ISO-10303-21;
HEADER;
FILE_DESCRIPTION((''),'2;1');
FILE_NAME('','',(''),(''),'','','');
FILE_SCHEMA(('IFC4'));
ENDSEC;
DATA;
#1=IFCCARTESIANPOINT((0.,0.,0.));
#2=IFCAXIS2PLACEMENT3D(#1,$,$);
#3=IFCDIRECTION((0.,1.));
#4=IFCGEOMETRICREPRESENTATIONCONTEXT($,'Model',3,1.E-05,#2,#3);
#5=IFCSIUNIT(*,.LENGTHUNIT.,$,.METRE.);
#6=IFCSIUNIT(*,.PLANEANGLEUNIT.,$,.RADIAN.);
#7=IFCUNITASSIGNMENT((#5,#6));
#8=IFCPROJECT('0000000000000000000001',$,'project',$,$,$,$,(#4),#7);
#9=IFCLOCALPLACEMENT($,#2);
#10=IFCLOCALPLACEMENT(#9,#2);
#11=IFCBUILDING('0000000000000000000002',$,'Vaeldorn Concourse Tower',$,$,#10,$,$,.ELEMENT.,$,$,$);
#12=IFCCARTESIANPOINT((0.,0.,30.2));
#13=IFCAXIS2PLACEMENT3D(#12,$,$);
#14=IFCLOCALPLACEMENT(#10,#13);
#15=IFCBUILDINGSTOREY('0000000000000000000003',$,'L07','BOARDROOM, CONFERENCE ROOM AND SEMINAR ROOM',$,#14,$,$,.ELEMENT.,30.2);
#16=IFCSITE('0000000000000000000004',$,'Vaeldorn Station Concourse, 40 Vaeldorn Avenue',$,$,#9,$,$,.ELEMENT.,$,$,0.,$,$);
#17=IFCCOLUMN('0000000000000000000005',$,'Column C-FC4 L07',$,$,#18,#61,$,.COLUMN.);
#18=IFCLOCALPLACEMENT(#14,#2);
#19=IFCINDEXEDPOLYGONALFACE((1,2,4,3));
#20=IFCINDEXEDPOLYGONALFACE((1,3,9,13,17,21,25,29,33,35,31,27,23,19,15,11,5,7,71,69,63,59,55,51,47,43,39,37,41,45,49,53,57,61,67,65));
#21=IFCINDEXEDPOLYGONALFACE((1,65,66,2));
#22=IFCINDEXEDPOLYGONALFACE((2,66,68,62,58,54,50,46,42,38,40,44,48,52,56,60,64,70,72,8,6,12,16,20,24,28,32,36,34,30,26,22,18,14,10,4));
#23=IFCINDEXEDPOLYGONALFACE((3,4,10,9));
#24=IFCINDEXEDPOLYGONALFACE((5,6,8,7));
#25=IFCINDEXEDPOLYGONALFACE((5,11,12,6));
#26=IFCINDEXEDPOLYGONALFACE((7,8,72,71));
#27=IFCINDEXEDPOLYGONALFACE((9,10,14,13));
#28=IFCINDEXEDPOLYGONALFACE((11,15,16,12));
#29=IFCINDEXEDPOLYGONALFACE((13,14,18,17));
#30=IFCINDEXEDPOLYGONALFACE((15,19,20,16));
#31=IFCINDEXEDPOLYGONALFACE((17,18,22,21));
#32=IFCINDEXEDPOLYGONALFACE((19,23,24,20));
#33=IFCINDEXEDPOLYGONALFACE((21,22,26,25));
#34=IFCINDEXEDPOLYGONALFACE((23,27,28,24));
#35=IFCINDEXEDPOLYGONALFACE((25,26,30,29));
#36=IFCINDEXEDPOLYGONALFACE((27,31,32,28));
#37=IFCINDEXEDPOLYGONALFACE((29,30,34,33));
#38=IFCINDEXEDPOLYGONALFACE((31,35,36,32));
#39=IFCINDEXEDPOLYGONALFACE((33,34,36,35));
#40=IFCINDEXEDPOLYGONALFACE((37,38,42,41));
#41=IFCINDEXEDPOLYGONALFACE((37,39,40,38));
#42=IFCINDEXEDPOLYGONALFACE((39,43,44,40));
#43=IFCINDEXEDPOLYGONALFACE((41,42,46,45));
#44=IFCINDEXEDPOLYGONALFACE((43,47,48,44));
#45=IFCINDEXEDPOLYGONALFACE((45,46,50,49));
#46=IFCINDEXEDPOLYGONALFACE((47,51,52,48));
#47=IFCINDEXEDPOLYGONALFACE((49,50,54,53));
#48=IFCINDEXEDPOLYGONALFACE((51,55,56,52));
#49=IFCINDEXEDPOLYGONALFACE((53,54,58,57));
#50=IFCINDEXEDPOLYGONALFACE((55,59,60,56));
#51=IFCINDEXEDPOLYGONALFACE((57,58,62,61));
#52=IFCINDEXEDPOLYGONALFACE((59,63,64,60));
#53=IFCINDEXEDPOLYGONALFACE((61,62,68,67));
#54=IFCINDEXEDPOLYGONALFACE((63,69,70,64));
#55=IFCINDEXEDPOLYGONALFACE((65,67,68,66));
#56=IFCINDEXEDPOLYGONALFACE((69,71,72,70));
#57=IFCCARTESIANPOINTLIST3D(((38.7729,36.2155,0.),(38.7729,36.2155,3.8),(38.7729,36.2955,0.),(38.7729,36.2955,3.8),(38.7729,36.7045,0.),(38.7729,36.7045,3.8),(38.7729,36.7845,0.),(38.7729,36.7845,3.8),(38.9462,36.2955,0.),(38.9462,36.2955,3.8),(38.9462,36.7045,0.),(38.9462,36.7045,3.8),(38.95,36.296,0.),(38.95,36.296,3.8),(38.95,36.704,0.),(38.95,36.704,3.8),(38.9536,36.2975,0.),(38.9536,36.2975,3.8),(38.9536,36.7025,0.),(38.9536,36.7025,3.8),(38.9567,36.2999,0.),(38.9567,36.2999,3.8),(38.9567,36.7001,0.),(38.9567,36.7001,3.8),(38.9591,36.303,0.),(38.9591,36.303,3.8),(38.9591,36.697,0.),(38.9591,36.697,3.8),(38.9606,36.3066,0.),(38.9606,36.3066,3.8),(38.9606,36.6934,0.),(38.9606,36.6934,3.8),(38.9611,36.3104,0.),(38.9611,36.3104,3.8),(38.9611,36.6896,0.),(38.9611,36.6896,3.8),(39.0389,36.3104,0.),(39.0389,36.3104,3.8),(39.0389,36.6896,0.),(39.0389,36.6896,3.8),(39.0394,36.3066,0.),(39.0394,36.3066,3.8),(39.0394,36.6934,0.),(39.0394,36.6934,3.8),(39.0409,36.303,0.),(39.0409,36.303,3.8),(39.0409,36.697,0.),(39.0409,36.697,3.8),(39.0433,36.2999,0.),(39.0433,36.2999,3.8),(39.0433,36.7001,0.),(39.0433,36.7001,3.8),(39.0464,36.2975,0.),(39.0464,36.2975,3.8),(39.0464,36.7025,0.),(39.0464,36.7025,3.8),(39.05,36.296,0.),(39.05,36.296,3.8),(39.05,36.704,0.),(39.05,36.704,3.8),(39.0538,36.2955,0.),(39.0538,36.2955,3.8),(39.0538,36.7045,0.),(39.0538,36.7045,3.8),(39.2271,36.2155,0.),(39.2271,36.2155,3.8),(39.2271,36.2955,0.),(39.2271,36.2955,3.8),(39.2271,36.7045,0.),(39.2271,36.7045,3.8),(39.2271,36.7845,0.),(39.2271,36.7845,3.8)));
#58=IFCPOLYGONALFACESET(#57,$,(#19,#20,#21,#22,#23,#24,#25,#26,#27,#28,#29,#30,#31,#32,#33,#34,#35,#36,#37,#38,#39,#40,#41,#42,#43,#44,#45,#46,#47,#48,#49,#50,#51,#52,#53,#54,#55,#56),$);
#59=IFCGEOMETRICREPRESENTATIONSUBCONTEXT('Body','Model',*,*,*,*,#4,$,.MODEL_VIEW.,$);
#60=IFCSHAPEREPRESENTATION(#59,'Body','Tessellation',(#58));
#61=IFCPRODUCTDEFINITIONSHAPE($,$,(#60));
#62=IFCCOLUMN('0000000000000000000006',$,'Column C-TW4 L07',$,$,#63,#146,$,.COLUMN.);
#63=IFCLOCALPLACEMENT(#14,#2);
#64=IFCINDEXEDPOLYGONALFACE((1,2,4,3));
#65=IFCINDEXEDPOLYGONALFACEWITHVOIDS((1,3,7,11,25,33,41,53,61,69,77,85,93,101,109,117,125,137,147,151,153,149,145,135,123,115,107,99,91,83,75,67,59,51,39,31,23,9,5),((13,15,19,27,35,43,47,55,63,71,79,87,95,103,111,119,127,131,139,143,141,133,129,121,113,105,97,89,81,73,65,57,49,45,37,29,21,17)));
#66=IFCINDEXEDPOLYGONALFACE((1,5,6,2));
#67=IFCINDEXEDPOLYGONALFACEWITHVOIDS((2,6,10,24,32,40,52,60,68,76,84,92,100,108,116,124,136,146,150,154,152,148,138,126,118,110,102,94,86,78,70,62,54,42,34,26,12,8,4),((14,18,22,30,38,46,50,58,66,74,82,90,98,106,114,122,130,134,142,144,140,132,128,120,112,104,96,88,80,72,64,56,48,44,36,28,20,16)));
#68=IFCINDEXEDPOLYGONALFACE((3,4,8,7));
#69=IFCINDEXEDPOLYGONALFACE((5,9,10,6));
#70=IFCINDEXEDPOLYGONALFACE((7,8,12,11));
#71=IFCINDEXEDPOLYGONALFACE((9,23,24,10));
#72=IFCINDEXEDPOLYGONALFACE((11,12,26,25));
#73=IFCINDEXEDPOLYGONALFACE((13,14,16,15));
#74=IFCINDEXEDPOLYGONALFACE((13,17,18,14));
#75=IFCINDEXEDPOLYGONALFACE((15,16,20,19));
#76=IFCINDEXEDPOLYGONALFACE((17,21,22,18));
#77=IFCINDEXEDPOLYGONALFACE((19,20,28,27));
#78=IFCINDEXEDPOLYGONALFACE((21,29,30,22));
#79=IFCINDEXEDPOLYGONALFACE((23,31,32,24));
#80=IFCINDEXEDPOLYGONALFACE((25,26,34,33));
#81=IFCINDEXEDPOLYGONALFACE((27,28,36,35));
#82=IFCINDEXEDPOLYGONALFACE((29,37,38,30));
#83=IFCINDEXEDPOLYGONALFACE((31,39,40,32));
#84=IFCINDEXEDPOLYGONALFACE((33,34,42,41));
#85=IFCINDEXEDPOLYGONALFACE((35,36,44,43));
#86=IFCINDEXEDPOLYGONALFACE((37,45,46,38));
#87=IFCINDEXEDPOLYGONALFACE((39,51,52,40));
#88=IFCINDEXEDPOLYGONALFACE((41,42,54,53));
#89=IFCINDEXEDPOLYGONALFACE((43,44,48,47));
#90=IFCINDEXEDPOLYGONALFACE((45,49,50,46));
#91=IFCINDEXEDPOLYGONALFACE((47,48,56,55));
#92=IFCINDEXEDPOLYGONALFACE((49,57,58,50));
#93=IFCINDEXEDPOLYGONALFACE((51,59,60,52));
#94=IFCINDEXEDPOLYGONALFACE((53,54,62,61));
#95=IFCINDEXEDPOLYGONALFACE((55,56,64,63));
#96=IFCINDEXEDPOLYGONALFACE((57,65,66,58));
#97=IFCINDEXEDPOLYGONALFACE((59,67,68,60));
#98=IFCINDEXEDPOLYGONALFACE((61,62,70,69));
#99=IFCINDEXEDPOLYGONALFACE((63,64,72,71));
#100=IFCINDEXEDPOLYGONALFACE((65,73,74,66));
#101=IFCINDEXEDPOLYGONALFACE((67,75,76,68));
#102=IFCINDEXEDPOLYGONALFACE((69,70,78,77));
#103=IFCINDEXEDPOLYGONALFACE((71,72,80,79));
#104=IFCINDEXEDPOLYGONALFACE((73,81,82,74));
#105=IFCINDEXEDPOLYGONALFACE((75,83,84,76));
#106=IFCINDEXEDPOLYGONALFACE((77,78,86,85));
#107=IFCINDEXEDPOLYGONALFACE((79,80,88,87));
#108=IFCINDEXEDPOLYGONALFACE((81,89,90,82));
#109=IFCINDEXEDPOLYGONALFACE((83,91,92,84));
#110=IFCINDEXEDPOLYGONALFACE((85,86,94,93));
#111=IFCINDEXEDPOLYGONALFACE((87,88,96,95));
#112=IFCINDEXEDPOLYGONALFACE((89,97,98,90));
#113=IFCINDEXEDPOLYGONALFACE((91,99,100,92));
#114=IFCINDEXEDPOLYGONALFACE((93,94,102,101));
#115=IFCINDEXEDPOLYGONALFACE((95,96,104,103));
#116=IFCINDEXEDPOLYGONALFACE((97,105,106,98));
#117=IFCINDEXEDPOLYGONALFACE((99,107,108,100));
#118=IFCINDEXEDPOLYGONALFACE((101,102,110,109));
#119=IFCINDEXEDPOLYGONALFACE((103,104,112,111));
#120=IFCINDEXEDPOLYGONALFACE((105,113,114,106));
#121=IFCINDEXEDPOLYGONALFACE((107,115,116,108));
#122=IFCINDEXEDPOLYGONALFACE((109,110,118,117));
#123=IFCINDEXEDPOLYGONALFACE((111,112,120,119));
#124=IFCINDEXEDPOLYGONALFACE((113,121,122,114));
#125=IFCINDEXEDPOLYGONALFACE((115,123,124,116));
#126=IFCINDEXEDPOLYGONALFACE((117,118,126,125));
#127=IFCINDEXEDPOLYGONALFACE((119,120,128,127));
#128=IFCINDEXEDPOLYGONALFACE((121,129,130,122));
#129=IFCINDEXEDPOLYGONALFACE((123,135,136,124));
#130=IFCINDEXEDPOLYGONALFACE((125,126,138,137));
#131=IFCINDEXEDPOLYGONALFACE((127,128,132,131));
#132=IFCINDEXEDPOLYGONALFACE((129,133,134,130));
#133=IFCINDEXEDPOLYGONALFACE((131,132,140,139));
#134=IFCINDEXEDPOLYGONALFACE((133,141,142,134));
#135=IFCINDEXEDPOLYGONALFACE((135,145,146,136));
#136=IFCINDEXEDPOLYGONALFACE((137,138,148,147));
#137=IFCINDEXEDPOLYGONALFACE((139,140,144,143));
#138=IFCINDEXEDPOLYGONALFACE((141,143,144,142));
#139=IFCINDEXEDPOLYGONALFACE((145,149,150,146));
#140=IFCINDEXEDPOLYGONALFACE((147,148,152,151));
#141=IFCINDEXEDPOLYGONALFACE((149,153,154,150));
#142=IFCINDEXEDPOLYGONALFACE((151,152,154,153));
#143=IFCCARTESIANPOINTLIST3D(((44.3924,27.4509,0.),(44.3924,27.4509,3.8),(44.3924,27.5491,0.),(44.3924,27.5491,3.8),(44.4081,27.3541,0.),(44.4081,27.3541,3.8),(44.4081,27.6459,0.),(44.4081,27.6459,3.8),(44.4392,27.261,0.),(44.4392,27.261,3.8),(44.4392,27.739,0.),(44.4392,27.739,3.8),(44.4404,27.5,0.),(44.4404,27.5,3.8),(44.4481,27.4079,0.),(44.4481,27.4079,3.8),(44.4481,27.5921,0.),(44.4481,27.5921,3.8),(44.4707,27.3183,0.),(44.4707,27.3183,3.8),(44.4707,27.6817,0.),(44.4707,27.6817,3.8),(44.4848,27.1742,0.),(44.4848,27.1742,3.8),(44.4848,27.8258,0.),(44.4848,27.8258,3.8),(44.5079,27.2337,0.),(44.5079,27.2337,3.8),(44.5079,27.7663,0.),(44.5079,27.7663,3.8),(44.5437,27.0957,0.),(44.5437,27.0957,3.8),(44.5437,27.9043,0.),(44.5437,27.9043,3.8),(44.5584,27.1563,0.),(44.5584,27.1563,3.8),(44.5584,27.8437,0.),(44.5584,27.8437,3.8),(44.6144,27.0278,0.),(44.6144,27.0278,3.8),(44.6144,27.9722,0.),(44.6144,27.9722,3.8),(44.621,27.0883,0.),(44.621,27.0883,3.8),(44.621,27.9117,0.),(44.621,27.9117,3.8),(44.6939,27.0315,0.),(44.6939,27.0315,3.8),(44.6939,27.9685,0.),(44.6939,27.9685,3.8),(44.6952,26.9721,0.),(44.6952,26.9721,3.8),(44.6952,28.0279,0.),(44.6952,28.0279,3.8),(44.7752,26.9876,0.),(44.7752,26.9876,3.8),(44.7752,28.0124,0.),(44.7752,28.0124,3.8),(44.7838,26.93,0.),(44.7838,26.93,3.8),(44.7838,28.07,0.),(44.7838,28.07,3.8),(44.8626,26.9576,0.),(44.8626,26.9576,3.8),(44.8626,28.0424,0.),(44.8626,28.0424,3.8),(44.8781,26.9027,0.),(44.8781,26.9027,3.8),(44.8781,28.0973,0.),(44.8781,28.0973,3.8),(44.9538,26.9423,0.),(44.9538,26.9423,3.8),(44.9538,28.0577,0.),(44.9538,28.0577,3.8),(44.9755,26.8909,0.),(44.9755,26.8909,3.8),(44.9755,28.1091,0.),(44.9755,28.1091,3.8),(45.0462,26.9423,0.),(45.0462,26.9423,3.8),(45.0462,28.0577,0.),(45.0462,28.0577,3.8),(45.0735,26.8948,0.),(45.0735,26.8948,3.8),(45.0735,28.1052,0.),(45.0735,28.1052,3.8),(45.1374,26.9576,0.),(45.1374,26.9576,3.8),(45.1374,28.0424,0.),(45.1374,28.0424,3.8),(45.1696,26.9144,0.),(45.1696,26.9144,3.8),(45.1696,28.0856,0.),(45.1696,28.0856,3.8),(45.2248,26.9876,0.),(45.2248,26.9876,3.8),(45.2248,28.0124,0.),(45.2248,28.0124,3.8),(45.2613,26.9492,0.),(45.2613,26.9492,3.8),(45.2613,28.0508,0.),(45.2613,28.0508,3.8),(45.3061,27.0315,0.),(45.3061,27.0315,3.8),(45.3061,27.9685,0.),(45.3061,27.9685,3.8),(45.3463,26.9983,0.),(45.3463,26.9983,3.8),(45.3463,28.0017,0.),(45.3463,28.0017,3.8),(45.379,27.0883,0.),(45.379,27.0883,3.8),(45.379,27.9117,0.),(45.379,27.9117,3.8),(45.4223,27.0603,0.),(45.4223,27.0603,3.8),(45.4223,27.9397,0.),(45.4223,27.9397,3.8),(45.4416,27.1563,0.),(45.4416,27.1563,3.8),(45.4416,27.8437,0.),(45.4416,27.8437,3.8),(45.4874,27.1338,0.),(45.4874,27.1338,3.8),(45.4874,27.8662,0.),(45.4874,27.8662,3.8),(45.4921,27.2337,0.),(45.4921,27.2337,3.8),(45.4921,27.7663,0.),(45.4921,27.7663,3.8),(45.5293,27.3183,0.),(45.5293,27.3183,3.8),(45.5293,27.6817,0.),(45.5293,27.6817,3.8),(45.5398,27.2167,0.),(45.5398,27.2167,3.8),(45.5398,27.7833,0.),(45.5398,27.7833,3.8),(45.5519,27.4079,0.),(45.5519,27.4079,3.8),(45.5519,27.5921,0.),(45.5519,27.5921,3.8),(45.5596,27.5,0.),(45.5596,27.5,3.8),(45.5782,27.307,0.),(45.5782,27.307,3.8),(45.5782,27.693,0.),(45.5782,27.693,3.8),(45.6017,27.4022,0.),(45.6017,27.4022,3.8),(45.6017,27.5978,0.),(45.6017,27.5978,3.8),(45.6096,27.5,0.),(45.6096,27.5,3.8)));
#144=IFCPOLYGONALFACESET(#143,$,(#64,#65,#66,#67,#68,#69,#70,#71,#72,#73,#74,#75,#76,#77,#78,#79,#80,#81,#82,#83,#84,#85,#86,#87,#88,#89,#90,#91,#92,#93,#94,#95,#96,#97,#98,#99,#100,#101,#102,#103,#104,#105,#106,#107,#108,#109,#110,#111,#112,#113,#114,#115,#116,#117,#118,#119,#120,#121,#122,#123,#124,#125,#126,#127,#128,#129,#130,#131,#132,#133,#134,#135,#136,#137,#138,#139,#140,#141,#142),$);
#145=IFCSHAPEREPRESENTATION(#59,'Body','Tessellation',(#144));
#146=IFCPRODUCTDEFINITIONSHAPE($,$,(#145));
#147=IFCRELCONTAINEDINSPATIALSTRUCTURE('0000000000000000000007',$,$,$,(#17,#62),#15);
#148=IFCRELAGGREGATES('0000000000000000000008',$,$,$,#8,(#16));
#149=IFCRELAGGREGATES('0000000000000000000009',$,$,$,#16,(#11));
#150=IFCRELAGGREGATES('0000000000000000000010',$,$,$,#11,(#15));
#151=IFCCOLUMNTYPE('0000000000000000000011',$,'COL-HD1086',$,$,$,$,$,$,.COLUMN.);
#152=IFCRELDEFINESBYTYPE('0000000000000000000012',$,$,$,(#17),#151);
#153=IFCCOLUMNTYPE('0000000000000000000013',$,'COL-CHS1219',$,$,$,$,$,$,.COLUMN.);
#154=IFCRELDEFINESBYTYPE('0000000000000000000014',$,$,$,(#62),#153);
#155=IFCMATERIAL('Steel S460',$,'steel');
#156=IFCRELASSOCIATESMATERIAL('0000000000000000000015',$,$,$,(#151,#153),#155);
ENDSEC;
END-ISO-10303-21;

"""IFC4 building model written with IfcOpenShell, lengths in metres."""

from ifc_helpers import new_model, si_unit, direction, frame, origin, origin_2d, place, context, subcontext, project, spatial, hollow_circle, i_section, extrude, source, transform, mapped, material, material_profile, profile_set, type_object, element, save


model = new_model("IFC4")

# Units and contexts
model_context = context("Model", 3, precision=1e-05, world=origin(), true_north=direction((0.0, 1.0)))
body_context = subcontext(model_context, "Body", "Model", "MODEL_VIEW")
ifc_project = project(units=[si_unit("LENGTHUNIT", "METRE"), si_unit("PLANEANGLEUNIT", "RADIAN")], contexts=[model_context])

# Site, building, storey
site_placement = place(None, origin())
site = spatial("IfcSite", under=ifc_project, at=site_placement, Name="Vaeldorn Station Concourse, 40 Vaeldorn Avenue", CompositionType="ELEMENT", RefElevation=0.0)
building_placement = place(site_placement, origin())
building = spatial("IfcBuilding", under=site, at=building_placement, Name="Vaeldorn Concourse Tower", CompositionType="ELEMENT")
storey_placement = place(building_placement, frame((0.0, 0.0, 30.2)))
storey = spatial("IfcBuildingStorey", under=building, at=storey_placement, Name="L07", Description="BOARDROOM, CONFERENCE ROOM AND SEMINAR ROOM", CompositionType="ELEMENT", Elevation=30.2)

# Columns
ifc_material_1 = material(Name="Steel S460", Category="steel")
ifc_material_profile_1 = material_profile(ifc_material_1, i_section(OverallWidth=0.4541, OverallDepth=0.5691, WebThickness=0.0779, FlangeThickness=0.0801, FilletRadius=0.0149, at=origin_2d()), Name="HD 400x1086")
ifc_profile_set_1 = profile_set([ifc_material_profile_1], Name="Steel S460")
column_type_1 = type_object("IfcColumnType", Name="COL-HD1086", PredefinedType="COLUMN", material=ifc_profile_set_1)
shared_shape_1 = source(origin(), body_context, "Body", "SweptSolid", [
    extrude(i_section(OverallWidth=0.4541, OverallDepth=0.5691, WebThickness=0.0779, FlangeThickness=0.0801, FilletRadius=0.0149, at=origin_2d()), origin(), (0.0, 0.0, 1.0), 3.8),
])
column_1_placement = place(storey_placement, frame((39.0, 36.5, 0.0), z_axis=(0.0, 0.0, 1.0), x_axis=(1.0, 0.0, 0.0)))
element("IfcColumn", 1, at=column_1_placement, inside=storey, type_object=column_type_1, Name="Column C-FC4 L07", PredefinedType="COLUMN", context=body_context, shape_type="MappedRepresentation", body=[
    mapped(shared_shape_1, transform((0.0, 0.0, 0.0), scale=1.0)),
])
ifc_material_profile_2 = material_profile(ifc_material_1, hollow_circle(Radius=0.6096, WallThickness=0.05, at=origin_2d()), Name="CHS 1219x50")
ifc_profile_set_2 = profile_set([ifc_material_profile_2], Name="Steel S460")
column_type_2 = type_object("IfcColumnType", Name="COL-CHS1219", PredefinedType="COLUMN", material=ifc_profile_set_2)
shared_shape_2 = source(origin(), body_context, "Body", "SweptSolid", [
    extrude(hollow_circle(Radius=0.6096, WallThickness=0.05, at=origin_2d()), origin(), (0.0, 0.0, 1.0), 3.8),
])
column_2_placement = place(storey_placement, frame((45.0, 27.5, 0.0), z_axis=(0.0, 0.0, 1.0), x_axis=(1.0, 0.0, 0.0)))
element("IfcColumn", 2, at=column_2_placement, inside=storey, type_object=column_type_2, Name="Column C-TW4 L07", PredefinedType="COLUMN", context=body_context, shape_type="MappedRepresentation", body=[
    mapped(shared_shape_2, transform((0.0, 0.0, 0.0), scale=1.0)),
])

save(model, "model.ifc")
